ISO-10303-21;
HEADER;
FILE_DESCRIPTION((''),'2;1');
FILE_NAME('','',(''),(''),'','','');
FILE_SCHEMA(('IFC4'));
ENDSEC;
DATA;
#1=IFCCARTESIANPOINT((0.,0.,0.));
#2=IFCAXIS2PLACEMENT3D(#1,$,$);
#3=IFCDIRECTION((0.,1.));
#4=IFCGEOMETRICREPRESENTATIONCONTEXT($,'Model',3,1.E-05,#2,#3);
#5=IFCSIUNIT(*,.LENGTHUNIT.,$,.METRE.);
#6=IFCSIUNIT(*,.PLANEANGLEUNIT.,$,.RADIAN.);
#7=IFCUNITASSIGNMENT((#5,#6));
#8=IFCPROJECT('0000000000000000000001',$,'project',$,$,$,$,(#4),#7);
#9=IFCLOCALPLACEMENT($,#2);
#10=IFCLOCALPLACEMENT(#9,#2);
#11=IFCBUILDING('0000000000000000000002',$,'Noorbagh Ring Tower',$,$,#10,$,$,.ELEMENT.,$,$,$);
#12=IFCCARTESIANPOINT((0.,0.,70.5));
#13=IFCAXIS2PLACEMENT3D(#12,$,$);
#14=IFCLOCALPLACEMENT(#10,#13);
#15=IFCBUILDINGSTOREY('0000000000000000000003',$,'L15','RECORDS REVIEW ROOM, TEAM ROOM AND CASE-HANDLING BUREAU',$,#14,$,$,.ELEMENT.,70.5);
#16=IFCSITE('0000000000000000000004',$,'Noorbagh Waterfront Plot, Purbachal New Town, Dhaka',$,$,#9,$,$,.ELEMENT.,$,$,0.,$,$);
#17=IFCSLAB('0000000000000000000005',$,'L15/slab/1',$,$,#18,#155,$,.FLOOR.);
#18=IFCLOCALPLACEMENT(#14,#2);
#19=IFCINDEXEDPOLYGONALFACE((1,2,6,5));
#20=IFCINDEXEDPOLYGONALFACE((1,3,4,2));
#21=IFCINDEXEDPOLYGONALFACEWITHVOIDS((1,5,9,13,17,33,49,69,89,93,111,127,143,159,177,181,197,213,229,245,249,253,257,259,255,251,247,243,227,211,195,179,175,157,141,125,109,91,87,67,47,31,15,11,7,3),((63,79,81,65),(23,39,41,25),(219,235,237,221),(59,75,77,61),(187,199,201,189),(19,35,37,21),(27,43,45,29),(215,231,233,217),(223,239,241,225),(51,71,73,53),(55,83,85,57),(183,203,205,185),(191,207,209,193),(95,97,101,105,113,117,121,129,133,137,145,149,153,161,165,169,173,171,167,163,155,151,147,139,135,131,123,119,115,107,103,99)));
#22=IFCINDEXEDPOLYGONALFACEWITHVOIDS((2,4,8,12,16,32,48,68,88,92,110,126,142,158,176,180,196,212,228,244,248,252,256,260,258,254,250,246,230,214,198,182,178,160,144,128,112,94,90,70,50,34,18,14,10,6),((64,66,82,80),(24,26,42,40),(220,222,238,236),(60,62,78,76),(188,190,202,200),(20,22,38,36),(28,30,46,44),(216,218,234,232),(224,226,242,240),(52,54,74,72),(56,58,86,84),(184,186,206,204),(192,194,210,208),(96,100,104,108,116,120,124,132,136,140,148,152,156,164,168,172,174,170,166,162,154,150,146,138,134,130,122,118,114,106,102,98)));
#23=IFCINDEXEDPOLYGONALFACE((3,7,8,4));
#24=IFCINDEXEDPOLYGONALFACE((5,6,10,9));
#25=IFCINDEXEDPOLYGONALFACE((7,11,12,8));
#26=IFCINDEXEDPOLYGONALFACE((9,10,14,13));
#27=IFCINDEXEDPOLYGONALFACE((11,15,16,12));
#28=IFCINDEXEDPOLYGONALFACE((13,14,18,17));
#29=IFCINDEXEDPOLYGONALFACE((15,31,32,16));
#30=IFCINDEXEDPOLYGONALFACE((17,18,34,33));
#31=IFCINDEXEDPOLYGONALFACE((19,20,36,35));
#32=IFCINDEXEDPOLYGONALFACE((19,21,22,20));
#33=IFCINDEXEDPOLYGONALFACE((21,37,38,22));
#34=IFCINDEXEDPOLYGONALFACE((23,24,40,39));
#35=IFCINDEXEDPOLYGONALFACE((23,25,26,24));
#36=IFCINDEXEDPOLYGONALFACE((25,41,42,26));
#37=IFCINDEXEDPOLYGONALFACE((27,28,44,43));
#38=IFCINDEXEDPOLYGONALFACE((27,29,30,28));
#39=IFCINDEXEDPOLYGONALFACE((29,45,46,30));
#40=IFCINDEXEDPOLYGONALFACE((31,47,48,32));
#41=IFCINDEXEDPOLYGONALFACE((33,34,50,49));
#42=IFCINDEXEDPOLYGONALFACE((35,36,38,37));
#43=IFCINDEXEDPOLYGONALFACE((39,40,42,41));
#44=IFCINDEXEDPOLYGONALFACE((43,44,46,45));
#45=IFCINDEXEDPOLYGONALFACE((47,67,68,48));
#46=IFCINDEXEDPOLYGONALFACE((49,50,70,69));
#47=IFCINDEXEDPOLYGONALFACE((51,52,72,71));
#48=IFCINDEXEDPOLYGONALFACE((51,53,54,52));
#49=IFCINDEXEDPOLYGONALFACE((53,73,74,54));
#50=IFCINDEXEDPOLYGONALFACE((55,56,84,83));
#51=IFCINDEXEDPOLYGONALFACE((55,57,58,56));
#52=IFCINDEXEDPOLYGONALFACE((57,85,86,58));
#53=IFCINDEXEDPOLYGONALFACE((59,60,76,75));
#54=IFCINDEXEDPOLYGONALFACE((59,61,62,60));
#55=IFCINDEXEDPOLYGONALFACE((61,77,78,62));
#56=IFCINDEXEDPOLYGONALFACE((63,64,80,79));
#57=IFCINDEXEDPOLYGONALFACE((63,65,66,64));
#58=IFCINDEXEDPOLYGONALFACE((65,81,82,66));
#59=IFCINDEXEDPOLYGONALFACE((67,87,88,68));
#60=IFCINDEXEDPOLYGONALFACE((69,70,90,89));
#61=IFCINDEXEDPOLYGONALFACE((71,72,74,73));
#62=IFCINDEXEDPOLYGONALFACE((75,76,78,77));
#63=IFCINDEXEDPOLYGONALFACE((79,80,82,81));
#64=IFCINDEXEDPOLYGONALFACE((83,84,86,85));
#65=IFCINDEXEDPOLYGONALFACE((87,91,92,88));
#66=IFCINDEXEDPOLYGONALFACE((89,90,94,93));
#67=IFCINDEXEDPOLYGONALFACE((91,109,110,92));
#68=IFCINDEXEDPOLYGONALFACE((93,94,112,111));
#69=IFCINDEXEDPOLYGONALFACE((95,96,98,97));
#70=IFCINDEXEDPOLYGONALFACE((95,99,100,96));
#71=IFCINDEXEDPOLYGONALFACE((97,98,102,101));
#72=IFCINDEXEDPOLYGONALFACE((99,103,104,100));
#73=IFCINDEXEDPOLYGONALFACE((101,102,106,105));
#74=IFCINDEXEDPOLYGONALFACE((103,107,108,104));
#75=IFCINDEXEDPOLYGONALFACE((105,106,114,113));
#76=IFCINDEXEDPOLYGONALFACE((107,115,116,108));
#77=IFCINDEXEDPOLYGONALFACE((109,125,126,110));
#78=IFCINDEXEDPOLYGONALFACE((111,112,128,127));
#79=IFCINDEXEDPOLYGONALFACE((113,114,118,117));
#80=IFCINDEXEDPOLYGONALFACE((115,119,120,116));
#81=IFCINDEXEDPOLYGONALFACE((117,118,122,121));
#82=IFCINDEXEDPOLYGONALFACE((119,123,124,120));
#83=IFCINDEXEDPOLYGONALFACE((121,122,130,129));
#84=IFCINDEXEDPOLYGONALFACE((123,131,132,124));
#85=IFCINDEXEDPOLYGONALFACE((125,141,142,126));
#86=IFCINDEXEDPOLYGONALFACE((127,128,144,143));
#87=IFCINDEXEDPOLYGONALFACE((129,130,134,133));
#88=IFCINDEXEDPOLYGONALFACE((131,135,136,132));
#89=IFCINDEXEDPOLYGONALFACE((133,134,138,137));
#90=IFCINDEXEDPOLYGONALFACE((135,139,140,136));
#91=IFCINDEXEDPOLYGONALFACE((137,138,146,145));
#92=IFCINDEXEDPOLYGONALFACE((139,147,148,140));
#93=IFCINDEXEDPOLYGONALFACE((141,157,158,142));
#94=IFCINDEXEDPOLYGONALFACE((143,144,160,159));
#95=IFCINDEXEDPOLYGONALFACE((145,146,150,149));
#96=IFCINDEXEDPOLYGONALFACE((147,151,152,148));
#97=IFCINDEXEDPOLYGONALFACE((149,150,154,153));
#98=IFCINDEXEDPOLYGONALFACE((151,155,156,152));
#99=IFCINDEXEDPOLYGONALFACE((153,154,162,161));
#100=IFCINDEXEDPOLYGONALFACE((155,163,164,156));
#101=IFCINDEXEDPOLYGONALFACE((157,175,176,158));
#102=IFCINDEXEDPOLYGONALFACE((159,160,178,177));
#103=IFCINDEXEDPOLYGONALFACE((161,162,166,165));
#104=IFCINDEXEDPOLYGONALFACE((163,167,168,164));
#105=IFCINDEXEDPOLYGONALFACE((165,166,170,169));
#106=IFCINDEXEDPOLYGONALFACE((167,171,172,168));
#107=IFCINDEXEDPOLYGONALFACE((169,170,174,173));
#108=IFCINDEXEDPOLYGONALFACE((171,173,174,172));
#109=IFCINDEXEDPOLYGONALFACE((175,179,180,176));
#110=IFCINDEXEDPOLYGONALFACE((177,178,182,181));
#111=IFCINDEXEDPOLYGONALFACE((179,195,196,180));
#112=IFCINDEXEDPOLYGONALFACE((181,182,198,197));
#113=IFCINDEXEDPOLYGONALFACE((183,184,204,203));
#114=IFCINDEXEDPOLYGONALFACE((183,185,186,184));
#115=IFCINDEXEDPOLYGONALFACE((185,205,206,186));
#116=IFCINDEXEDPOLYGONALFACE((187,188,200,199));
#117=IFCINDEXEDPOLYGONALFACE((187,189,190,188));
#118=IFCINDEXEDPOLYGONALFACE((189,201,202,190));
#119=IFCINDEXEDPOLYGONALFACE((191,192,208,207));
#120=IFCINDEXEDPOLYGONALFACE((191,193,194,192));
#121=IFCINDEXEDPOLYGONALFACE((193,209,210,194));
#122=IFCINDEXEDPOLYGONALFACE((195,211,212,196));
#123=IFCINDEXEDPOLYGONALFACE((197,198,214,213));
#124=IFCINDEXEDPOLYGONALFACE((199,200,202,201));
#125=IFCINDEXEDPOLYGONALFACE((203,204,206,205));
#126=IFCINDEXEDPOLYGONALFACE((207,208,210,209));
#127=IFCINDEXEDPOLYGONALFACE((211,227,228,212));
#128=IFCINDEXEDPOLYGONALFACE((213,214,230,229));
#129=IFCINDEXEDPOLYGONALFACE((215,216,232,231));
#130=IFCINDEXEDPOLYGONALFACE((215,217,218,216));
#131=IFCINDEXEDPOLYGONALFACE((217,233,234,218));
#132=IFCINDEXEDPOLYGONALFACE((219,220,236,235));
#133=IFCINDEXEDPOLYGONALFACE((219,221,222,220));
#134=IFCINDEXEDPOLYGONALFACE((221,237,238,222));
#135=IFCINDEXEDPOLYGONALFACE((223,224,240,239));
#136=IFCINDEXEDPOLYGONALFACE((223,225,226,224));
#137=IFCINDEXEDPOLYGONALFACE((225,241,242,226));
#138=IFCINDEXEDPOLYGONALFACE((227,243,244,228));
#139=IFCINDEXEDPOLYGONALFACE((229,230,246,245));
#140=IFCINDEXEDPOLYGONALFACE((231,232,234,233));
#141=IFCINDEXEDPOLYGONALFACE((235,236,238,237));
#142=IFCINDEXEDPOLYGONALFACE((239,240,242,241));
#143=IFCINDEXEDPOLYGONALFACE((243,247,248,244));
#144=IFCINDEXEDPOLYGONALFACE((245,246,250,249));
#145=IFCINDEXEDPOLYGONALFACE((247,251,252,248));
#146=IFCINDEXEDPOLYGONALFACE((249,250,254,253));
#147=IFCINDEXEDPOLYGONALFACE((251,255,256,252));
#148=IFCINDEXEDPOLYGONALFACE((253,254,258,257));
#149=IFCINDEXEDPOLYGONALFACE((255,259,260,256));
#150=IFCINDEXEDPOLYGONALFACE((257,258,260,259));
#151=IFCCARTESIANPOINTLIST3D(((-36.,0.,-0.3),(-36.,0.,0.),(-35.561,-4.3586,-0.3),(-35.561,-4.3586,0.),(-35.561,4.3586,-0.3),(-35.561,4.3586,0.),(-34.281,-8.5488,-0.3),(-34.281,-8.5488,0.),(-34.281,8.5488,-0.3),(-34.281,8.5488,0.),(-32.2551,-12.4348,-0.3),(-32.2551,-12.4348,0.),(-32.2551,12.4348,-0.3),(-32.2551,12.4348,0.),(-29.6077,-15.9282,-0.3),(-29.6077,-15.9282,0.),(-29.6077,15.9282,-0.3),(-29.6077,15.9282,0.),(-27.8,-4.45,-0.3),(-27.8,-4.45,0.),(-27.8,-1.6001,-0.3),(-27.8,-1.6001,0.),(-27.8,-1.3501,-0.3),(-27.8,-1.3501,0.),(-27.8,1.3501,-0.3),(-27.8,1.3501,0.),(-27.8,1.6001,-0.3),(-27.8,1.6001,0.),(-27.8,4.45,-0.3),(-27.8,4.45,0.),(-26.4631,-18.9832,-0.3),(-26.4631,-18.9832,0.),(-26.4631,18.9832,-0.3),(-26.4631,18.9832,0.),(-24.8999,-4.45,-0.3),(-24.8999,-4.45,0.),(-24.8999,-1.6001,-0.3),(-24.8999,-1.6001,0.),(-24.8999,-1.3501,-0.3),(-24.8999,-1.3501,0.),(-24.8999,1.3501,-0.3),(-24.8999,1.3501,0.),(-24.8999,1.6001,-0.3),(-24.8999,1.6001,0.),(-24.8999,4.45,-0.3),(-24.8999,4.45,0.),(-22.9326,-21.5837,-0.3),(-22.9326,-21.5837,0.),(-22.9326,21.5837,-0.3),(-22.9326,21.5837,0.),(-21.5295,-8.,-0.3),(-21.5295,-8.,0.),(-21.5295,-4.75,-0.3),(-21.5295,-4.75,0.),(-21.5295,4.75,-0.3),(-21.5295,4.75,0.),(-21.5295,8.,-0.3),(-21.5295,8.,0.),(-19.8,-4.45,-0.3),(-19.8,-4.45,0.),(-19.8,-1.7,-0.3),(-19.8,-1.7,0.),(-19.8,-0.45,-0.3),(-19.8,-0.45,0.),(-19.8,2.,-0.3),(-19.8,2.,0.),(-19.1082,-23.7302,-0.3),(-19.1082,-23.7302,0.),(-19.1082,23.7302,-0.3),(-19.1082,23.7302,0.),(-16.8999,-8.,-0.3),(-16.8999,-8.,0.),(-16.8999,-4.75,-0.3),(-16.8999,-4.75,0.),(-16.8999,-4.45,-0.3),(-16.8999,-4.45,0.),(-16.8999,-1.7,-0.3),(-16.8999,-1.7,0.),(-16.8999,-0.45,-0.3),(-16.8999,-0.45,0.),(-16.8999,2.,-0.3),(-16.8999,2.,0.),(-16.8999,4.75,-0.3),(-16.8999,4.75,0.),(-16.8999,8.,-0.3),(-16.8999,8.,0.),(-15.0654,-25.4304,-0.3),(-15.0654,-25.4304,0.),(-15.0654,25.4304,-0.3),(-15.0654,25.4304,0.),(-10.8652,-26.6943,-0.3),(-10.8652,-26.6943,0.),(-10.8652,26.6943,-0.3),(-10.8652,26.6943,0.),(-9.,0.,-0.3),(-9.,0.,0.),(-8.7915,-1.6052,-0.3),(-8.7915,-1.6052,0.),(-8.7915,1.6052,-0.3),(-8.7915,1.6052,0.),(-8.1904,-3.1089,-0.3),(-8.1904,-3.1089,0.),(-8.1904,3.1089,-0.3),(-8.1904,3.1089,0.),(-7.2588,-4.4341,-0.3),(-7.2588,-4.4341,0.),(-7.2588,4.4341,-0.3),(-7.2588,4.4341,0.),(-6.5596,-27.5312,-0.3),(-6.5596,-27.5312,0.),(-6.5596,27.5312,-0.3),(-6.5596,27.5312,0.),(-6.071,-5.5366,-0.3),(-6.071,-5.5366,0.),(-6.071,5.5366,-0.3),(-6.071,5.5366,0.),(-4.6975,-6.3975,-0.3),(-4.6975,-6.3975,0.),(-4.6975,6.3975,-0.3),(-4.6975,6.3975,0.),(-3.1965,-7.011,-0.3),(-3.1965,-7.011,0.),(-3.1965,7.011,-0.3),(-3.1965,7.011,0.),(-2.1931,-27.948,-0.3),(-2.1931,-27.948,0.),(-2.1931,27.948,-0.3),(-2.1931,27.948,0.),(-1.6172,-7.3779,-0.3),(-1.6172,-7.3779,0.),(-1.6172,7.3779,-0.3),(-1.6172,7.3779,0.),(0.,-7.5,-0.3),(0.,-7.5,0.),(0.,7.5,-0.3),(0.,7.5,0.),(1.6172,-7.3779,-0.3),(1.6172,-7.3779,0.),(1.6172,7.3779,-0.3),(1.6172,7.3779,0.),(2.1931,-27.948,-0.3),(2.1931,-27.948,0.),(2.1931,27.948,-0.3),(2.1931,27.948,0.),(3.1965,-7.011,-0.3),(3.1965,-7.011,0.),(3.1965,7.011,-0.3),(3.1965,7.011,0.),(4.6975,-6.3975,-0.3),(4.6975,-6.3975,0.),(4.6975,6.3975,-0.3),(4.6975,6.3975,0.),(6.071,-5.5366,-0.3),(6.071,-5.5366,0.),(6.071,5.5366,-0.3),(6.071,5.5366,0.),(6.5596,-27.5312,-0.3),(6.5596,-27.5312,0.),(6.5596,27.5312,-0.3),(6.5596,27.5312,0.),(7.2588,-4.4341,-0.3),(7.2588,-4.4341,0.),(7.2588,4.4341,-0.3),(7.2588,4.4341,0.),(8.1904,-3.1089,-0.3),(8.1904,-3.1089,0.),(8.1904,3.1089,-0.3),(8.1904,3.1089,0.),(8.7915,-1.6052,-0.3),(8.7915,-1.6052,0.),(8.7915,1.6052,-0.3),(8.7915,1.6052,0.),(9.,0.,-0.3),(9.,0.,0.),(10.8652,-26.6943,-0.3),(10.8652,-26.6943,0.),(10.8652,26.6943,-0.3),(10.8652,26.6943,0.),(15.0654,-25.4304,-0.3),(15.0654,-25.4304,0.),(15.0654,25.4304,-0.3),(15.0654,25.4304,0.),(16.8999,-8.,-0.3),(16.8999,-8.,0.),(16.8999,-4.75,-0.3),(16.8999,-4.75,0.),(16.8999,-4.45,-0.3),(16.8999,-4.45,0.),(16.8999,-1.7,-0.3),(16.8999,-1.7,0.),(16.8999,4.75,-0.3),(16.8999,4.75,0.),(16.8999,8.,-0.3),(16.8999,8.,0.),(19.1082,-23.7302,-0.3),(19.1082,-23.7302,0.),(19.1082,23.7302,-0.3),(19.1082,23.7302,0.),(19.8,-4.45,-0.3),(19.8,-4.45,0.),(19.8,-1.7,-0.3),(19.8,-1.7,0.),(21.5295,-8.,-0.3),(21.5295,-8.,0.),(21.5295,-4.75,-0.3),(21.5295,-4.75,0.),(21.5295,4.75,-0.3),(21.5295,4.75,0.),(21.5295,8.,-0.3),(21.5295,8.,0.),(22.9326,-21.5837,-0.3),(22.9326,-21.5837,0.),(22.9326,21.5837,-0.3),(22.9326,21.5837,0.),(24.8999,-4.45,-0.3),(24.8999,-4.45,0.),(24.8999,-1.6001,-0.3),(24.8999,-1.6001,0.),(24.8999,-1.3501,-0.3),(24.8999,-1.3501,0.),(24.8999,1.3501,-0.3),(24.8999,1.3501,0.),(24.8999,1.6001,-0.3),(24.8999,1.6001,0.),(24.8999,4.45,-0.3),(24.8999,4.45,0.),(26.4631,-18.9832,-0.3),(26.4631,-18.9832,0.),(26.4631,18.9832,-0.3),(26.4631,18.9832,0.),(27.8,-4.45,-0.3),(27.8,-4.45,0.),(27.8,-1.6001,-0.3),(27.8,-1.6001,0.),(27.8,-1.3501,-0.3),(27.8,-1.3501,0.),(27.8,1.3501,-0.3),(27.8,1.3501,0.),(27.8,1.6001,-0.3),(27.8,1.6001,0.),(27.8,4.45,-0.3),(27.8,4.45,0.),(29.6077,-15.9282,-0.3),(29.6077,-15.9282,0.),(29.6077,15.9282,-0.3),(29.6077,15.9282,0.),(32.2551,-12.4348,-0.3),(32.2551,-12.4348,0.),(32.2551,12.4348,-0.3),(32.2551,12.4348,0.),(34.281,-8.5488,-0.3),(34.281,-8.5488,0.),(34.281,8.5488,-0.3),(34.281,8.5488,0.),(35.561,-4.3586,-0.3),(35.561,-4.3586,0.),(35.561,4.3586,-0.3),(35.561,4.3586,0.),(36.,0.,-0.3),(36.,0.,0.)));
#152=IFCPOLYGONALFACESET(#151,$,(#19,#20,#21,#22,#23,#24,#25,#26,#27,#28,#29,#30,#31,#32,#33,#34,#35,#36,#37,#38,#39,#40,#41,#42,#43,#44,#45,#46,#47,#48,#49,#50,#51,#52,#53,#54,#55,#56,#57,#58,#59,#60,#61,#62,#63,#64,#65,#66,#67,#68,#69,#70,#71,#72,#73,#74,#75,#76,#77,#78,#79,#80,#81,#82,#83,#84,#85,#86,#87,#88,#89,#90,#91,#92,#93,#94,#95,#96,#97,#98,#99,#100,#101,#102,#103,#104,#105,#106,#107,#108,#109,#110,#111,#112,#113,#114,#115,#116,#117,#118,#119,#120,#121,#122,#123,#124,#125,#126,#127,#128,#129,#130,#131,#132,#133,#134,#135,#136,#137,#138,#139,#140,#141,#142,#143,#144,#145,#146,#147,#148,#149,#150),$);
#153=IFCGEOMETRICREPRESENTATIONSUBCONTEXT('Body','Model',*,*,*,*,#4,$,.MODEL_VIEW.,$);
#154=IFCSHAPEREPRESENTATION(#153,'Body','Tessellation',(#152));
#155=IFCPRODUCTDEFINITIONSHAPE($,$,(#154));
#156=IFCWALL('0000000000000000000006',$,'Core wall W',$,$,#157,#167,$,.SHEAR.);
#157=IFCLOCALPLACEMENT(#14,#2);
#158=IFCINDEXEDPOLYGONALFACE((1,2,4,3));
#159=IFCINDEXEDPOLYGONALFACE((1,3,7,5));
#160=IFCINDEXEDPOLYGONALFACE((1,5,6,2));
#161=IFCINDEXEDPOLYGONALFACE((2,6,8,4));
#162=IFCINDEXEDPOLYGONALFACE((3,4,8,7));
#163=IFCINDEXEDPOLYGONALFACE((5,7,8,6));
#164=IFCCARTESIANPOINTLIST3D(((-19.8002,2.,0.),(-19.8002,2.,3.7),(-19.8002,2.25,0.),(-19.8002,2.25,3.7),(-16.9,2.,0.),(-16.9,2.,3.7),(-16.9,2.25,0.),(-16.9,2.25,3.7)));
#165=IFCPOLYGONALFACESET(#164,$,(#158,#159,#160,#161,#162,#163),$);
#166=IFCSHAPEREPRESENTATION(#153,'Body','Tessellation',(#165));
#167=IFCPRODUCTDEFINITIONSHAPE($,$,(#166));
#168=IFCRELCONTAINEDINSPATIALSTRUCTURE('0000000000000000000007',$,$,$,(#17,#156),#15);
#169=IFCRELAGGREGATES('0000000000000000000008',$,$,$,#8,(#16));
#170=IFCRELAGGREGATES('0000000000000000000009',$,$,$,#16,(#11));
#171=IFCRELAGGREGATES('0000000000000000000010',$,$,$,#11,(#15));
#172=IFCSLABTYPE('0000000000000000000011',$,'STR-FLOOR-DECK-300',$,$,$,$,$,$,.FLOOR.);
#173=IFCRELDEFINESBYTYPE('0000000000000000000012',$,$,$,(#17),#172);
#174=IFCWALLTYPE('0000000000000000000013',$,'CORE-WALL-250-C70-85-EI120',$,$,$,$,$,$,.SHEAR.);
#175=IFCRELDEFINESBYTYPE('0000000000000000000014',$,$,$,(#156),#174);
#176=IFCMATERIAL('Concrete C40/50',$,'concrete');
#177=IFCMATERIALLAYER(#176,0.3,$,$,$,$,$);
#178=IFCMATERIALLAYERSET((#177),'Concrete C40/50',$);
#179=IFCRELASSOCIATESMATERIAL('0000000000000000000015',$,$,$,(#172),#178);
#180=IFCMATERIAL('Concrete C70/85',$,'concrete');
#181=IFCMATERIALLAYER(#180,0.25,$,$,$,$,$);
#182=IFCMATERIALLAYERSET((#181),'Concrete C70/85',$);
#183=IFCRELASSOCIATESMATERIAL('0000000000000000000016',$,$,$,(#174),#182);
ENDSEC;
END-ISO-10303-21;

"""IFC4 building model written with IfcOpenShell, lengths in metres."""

from ifc_helpers import new_model, si_unit, direction, frame, frame_2d, origin, place, context, subcontext, project, spatial, polyline, rectangle, outline, extrude, material, layer, layer_set, type_object, element, save


model = new_model("IFC4")

# Units and contexts
model_context = context("Model", 3, precision=1e-05, world=origin(), true_north=direction((0.0, 1.0)))
body_context = subcontext(model_context, "Body", "Model", "MODEL_VIEW")
ifc_project = project(units=[si_unit("LENGTHUNIT", "METRE"), si_unit("PLANEANGLEUNIT", "RADIAN")], contexts=[model_context])

# Site, building, storey
site_placement = place(None, origin())
site = spatial("IfcSite", under=ifc_project, at=site_placement, Name="Noorbagh Waterfront Plot, Purbachal New Town, Dhaka", CompositionType="ELEMENT", RefElevation=0.0)
building_placement = place(site_placement, origin())
building = spatial("IfcBuilding", under=site, at=building_placement, Name="Noorbagh Ring Tower", CompositionType="ELEMENT")
storey_placement = place(building_placement, frame((0.0, 0.0, 70.5)))
storey = spatial("IfcBuildingStorey", under=building, at=storey_placement, Name="L15", Description="RECORDS REVIEW ROOM, TEAM ROOM AND CASE-HANDLING BUREAU", CompositionType="ELEMENT", Elevation=70.5)

# Slab
ifc_material_1 = material(Name="Concrete C40/50", Category="concrete")
ifc_layer_1 = layer(ifc_material_1, 0.3)
ifc_layer_set_1 = layer_set([ifc_layer_1], Name="Concrete C40/50")
slab_type = type_object("IfcSlabType", Name="STR-FLOOR-DECK-300", PredefinedType="FLOOR", material=ifc_layer_set_1)
slab_placement = place(storey_placement, frame((0.0, 0.0, -0.3)))
element("IfcSlab", 1, at=slab_placement, inside=storey, type_object=slab_type, Name="L15/slab/1", PredefinedType="FLOOR", context=body_context, shape_type="SweptSolid", body=[
    extrude(outline(polyline([(36.0, 0.0), (35.561, 4.3586), (34.281, 8.5488), (32.2551, 12.4348), (29.6077, 15.9282), (26.4631, 18.9832), (22.9326, 21.5837), (19.1082, 23.7302), (15.0654, 25.4304), (10.8652, 26.6943), (6.5596, 27.5312), (2.1931, 27.948), (-2.1931, 27.948), (-6.5596, 27.5312), (-10.8652, 26.6943), (-15.0654, 25.4304), (-19.1082, 23.7302), (-22.9326, 21.5837), (-26.4631, 18.9832), (-29.6077, 15.9282), (-32.2551, 12.4348), (-34.281, 8.5488), (-35.561, 4.3586), (-36.0, 0.0), (-35.561, -4.3586), (-34.281, -8.5488), (-32.2551, -12.4348), (-29.6077, -15.9282), (-26.4631, -18.9832), (-22.9326, -21.5837), (-19.1082, -23.7302), (-15.0654, -25.4304), (-10.8652, -26.6943), (-6.5596, -27.5312), (-2.1931, -27.948), (2.1931, -27.948), (6.5596, -27.5312), (10.8652, -26.6943), (15.0654, -25.4304), (19.1082, -23.7302), (22.9326, -21.5837), (26.4631, -18.9832), (29.6077, -15.9282), (32.2551, -12.4348), (34.281, -8.5488), (35.561, -4.3586), (36.0, 0.0)]), holes=[polyline([(24.8999, -1.6001), (27.8, -1.6001), (27.8, -4.45), (24.8999, -4.45), (24.8999, -1.6001)]), polyline([(24.8999, 1.3501), (27.8, 1.3501), (27.8, -1.3501), (24.8999, -1.3501), (24.8999, 1.3501)]), polyline([(24.8999, 4.45), (27.8, 4.45), (27.8, 1.6001), (24.8999, 1.6001), (24.8999, 4.45)]), polyline([(21.5295, -4.75), (21.5295, -8.0), (16.8999, -8.0), (16.8999, -4.75), (21.5295, -4.75)]), polyline([(21.5295, 4.75), (16.8999, 4.75), (16.8999, 8.0), (21.5295, 8.0), (21.5295, 4.75)]), polyline([(16.8999, -1.7), (19.8, -1.7), (19.8, -4.45), (16.8999, -4.45), (16.8999, -1.7)]), polyline([(4.6975, -6.3975), (3.1965, -7.011), (1.6172, -7.3779), (0.0, -7.5), (-1.6172, -7.3779), (-3.1965, -7.011), (-4.6975, -6.3975), (-6.071, -5.5366), (-7.2588, -4.4341), (-8.1904, -3.1089), (-8.7915, -1.6052), (-9.0, 0.0), (-8.7915, 1.6052), (-8.1904, 3.1089), (-7.2588, 4.4341), (-6.071, 5.5366), (-4.6975, 6.3975), (-3.1965, 7.011), (-1.6172, 7.3779), (0.0, 7.5), (1.6172, 7.3779), (3.1965, 7.011), (4.6975, 6.3975), (6.071, 5.5366), (7.2588, 4.4341), (8.1904, 3.1089), (8.7915, 1.6052), (9.0, 0.0), (8.7915, -1.6052), (8.1904, -3.1089), (7.2588, -4.4341), (6.071, -5.5366), (4.6975, -6.3975)]), polyline([(-21.5295, -8.0), (-21.5295, -4.75), (-16.8999, -4.75), (-16.8999, -8.0), (-21.5295, -8.0)]), polyline([(-21.5295, 8.0), (-16.8999, 8.0), (-16.8999, 4.75), (-21.5295, 4.75), (-21.5295, 8.0)]), polyline([(-16.8999, -4.45), (-19.8, -4.45), (-19.8, -1.7), (-16.8999, -1.7), (-16.8999, -4.45)]), polyline([(-16.8999, -0.45), (-19.8, -0.45), (-19.8, 2.0), (-16.8999, 2.0), (-16.8999, -0.45)]), polyline([(-24.8999, -4.45), (-27.8, -4.45), (-27.8, -1.6001), (-24.8999, -1.6001), (-24.8999, -4.45)]), polyline([(-24.8999, -1.3501), (-27.8, -1.3501), (-27.8, 1.3501), (-24.8999, 1.3501), (-24.8999, -1.3501)]), polyline([(-24.8999, 1.6001), (-27.8, 1.6001), (-27.8, 4.45), (-24.8999, 4.45), (-24.8999, 1.6001)])]), origin(), (0.0, 0.0, 1.0), 0.3),
])

# Wall
ifc_material_2 = material(Name="Concrete C70/85", Category="concrete")
ifc_layer_2 = layer(ifc_material_2, 0.25)
ifc_layer_set_2 = layer_set([ifc_layer_2], Name="Concrete C70/85")
wall_type_1 = type_object("IfcWallType", Name="CORE-WALL-250-C70-85-EI120", PredefinedType="SHEAR", material=ifc_layer_set_2)
wall_1_placement = place(storey_placement, frame((-16.8999, 2.125, 0.0), z_axis=(0.0, 0.0, 1.0), x_axis=(-1.0, 0.0, 0.0)))
element("IfcWall", 2, at=wall_1_placement, inside=storey, type_object=wall_type_1, Name="Core wall W", PredefinedType="SHEAR", context=body_context, shape_type="SweptSolid", body=[
    extrude(rectangle(XDim=2.9001, YDim=0.25, at=frame_2d((1.4502, 0.0))), origin(), (0.0, 0.0, 1.0), 3.7),
])

save(model, "model.ifc")
